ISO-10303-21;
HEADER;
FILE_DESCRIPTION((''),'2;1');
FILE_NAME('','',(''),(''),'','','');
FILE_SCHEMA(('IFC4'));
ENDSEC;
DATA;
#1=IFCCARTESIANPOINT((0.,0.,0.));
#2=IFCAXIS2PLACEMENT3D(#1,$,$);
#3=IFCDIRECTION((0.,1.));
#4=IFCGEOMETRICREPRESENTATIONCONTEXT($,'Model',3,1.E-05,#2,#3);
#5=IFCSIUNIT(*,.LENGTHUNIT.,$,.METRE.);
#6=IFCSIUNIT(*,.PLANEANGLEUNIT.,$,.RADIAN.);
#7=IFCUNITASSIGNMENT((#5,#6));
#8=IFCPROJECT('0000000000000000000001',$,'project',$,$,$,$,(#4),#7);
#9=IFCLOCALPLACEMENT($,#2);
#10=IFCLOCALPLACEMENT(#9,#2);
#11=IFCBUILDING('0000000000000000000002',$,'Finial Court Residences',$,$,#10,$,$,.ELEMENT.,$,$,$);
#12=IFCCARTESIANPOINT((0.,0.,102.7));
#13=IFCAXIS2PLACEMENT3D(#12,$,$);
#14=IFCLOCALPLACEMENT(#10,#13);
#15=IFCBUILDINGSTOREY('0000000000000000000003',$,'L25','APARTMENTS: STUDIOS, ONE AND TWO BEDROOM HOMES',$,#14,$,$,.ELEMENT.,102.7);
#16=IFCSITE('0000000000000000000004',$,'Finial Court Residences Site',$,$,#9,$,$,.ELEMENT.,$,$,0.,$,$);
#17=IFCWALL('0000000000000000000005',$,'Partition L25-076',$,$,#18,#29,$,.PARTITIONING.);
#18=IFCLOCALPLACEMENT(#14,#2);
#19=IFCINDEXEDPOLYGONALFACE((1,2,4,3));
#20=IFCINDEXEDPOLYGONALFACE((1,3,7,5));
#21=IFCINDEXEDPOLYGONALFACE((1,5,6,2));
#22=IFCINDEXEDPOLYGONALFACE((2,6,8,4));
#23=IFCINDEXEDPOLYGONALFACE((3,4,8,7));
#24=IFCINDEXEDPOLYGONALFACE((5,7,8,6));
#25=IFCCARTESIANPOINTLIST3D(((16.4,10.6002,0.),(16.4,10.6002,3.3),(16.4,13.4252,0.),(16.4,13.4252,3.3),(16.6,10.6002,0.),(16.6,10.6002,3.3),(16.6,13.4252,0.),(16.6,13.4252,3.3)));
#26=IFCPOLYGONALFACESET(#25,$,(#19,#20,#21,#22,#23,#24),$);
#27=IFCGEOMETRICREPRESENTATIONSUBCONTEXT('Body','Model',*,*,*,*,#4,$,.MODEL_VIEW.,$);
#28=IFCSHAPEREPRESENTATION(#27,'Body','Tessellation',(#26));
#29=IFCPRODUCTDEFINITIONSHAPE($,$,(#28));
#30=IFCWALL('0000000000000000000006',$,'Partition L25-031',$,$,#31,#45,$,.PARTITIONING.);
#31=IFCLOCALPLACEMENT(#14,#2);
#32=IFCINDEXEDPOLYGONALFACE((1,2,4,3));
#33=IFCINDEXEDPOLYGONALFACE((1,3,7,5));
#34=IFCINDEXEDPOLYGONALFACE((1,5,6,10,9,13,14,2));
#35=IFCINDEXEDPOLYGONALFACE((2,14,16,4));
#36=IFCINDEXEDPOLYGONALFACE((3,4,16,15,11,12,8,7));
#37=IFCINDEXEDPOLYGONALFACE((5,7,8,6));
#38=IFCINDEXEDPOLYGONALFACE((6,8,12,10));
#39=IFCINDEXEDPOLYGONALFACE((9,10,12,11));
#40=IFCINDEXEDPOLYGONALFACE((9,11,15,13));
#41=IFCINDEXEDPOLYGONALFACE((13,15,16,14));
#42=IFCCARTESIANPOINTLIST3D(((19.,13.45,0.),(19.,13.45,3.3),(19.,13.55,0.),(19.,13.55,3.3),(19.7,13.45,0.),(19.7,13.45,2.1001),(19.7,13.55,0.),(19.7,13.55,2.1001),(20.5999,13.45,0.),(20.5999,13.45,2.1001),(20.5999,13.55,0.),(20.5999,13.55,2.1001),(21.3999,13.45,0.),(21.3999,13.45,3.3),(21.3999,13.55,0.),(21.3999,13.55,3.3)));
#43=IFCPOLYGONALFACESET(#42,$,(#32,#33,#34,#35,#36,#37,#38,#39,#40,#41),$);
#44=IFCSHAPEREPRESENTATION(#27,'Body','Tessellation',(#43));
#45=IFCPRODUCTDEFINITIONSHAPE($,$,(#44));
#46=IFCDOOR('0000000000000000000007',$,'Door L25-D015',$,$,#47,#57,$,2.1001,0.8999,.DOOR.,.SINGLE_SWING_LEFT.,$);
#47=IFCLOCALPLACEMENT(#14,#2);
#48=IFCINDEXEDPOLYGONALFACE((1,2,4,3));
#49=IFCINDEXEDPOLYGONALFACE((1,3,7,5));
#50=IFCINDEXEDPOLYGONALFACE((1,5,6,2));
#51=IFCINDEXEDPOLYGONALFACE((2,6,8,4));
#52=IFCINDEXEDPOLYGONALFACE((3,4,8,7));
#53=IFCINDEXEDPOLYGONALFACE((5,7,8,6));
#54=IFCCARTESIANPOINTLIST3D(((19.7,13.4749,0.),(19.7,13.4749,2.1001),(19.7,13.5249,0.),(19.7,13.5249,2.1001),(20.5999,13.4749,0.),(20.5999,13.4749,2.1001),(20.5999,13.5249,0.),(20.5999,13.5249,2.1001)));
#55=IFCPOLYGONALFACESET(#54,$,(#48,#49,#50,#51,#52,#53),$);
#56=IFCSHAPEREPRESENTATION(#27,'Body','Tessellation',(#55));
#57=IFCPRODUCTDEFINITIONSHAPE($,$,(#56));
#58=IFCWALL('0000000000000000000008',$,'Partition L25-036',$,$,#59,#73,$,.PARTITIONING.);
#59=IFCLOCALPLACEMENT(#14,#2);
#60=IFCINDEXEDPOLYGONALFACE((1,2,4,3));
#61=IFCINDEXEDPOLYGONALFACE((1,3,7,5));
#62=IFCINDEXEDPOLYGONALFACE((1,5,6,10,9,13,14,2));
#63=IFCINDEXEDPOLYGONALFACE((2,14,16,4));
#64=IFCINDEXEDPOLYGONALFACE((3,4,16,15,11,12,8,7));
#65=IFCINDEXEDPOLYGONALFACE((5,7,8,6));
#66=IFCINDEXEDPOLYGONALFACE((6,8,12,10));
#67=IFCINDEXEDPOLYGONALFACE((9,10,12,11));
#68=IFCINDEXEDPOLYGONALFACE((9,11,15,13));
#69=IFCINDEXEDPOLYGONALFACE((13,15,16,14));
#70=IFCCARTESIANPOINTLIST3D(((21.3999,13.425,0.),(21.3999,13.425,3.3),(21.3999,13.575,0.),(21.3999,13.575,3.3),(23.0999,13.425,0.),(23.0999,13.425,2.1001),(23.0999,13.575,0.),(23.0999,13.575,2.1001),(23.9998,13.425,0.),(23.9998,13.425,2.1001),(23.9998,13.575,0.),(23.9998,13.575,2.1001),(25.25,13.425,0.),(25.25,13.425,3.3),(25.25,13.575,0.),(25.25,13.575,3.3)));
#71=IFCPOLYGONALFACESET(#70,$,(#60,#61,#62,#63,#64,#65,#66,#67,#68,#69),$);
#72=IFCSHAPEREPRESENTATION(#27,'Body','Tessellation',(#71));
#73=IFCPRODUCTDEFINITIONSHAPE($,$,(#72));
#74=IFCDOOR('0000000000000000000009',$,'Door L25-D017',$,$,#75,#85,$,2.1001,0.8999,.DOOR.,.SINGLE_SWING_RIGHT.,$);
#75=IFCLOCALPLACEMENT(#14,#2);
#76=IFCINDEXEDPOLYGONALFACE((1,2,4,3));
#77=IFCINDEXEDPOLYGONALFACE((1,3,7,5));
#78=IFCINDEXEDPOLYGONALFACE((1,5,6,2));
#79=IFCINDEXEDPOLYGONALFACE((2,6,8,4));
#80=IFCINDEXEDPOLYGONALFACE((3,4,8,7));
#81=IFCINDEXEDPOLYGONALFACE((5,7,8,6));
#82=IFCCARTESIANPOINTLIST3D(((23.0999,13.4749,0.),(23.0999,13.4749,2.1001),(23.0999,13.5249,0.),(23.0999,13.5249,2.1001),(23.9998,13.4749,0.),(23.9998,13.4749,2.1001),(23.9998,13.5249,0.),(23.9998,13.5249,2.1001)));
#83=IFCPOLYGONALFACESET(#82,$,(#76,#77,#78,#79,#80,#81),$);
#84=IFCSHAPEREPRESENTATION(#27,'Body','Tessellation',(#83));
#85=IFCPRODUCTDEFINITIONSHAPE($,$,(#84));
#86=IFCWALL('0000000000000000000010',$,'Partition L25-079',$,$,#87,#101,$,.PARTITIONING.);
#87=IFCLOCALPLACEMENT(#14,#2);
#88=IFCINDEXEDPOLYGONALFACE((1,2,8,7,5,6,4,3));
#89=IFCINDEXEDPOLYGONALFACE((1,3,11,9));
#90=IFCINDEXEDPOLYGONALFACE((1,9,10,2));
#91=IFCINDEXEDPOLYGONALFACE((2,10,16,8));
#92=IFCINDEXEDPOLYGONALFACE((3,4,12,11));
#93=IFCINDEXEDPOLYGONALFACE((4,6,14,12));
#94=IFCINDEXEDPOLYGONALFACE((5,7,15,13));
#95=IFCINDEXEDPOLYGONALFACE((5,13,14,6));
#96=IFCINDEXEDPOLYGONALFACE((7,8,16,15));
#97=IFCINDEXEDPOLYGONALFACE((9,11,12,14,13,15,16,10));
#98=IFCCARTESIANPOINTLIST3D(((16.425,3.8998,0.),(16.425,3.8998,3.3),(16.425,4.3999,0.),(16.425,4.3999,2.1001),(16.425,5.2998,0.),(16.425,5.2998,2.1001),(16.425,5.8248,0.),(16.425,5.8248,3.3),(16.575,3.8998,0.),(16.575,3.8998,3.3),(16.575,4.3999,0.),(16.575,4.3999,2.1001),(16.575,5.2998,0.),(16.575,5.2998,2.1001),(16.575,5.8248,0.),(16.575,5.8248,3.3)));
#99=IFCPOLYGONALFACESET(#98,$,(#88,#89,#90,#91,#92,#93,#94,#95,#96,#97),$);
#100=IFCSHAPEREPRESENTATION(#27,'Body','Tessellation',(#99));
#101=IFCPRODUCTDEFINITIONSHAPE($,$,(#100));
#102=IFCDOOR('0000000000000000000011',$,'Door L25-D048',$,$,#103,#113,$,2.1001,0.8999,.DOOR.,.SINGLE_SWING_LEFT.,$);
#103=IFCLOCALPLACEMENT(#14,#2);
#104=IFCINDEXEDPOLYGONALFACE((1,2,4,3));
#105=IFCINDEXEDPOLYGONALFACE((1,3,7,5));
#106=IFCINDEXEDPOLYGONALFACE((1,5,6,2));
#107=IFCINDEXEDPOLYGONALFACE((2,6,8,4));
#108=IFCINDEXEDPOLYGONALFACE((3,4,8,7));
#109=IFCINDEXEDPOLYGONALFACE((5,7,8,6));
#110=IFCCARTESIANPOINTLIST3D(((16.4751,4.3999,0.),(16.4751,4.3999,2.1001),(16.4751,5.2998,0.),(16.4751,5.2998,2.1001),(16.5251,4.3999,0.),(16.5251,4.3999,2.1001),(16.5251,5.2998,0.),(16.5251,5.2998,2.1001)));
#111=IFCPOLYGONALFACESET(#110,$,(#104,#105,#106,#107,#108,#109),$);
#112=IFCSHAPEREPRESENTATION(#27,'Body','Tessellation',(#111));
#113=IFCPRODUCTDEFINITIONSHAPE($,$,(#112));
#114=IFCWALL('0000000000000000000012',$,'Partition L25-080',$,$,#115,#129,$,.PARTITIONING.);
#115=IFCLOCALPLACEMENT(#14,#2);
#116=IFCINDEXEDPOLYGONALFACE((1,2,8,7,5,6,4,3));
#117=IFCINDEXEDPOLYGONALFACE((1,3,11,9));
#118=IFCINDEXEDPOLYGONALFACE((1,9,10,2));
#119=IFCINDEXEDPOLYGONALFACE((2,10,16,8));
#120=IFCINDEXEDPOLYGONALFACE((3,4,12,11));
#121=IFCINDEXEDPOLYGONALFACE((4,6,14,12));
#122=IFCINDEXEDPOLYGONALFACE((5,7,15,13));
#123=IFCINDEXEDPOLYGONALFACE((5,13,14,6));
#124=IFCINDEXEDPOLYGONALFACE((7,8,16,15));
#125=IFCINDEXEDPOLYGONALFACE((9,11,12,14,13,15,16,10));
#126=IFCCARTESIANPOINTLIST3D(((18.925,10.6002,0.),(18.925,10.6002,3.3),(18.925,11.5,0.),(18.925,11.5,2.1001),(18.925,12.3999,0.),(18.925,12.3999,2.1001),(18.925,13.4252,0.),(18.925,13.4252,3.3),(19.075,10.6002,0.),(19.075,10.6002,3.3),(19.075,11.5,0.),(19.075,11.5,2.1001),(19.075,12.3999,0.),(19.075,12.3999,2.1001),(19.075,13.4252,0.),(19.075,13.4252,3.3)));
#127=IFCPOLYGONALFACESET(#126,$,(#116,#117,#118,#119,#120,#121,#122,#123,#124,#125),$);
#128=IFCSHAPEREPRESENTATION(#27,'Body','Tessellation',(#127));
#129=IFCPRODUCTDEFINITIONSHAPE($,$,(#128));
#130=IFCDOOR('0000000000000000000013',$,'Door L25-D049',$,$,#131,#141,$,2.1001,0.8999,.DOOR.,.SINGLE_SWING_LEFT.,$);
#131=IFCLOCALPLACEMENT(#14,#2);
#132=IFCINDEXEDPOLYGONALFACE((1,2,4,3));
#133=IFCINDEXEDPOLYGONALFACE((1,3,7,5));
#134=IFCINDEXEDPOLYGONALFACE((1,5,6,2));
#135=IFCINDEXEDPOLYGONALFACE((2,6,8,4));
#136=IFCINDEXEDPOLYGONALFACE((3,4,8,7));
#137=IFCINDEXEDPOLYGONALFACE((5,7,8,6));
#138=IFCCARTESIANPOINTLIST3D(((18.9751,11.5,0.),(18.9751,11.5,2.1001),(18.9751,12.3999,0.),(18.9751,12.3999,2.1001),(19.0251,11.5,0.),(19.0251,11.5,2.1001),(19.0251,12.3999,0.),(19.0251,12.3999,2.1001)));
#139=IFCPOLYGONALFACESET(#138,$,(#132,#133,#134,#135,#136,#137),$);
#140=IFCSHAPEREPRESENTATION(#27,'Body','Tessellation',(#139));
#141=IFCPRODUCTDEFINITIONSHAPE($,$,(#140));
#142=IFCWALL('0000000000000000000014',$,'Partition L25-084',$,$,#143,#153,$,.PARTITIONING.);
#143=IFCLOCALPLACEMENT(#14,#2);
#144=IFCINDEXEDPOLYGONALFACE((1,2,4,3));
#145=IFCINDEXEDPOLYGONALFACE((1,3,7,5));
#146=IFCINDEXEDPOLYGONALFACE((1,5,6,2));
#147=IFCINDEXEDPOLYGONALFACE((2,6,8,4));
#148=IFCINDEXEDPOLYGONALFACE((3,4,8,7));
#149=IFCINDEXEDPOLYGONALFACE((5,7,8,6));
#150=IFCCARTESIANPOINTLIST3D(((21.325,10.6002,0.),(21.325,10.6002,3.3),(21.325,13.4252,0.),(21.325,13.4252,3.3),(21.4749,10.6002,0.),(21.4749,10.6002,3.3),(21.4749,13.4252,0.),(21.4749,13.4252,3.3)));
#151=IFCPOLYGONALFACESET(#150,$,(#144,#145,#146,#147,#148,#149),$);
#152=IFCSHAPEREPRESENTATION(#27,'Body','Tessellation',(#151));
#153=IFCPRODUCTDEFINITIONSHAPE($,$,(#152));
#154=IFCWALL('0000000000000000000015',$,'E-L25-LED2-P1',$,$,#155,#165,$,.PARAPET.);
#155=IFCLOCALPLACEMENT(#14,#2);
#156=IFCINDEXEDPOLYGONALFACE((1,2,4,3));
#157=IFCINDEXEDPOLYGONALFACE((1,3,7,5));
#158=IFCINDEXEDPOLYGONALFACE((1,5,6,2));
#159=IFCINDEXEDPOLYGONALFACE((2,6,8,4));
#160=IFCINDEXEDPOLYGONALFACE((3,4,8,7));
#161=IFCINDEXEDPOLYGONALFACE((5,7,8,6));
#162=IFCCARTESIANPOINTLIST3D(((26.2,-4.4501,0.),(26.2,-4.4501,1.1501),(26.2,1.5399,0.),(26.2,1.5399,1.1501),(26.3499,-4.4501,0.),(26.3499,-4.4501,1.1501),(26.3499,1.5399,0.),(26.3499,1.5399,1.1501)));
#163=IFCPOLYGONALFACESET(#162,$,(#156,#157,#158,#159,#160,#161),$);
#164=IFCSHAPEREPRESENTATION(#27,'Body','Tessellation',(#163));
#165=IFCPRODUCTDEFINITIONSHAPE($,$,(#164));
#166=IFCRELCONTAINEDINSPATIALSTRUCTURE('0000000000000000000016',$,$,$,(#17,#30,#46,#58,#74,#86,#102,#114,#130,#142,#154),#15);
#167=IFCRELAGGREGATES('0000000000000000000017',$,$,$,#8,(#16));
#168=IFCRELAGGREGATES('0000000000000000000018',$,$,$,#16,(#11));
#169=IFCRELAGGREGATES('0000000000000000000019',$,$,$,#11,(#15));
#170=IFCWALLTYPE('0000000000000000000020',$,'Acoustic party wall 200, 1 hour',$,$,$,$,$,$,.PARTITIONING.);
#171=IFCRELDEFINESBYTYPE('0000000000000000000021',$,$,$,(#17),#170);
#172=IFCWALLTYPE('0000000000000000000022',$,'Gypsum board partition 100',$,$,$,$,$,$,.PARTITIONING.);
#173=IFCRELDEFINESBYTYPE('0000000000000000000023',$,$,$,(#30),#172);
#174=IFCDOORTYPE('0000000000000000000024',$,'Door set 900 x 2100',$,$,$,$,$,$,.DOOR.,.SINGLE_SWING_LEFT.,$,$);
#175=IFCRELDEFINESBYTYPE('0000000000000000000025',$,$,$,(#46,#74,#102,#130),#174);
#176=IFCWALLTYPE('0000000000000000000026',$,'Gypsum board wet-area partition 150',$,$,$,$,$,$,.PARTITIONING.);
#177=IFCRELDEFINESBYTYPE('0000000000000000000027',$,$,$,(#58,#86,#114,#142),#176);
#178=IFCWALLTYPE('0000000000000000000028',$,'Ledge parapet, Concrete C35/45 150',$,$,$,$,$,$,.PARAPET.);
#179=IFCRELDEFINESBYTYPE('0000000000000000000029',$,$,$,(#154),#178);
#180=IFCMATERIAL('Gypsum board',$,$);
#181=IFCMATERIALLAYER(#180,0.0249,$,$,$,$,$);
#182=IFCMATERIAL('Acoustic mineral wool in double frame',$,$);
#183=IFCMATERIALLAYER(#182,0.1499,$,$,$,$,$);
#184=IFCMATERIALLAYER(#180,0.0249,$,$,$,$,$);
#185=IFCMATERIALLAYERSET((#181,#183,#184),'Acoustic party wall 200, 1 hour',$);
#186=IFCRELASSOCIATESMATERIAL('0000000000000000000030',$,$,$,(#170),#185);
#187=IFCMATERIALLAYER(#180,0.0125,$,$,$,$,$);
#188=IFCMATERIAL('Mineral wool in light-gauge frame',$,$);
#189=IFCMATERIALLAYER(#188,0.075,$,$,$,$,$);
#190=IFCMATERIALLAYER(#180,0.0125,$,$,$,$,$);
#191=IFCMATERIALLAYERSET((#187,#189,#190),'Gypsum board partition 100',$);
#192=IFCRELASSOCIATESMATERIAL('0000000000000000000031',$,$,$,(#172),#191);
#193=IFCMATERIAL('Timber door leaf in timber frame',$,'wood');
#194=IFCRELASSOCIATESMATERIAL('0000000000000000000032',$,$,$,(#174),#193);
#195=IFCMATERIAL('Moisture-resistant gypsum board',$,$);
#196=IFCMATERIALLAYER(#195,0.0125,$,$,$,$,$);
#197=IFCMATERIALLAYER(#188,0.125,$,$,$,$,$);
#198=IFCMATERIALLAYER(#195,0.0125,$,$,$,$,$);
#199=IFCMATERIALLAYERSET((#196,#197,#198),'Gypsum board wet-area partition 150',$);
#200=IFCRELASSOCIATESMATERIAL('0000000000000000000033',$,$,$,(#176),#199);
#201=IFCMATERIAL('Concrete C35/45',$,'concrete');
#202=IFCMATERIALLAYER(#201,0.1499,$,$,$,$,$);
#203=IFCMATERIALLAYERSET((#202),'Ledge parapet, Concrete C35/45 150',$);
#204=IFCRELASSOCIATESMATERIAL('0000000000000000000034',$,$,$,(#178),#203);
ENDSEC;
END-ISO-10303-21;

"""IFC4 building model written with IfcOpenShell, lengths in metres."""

from ifc_helpers import new_model, si_unit, direction, frame, frame_2d, origin, place, context, subcontext, project, spatial, rectangle, extrude, material, layer, layer_set, type_object, element, fill, save


model = new_model("IFC4")

# Units and contexts
model_context = context("Model", 3, precision=1e-05, world=origin(), true_north=direction((0.0, 1.0)))
body_context = subcontext(model_context, "Body", "Model", "MODEL_VIEW")
ifc_project = project(units=[si_unit("LENGTHUNIT", "METRE"), si_unit("PLANEANGLEUNIT", "RADIAN")], contexts=[model_context])

# Site, building, storey
site_placement = place(None, origin())
site = spatial("IfcSite", under=ifc_project, at=site_placement, Name="Finial Court Residences Site", CompositionType="ELEMENT", RefElevation=0.0)
building_placement = place(site_placement, origin())
building = spatial("IfcBuilding", under=site, at=building_placement, Name="Finial Court Residences", CompositionType="ELEMENT")
storey_placement = place(building_placement, frame((0.0, 0.0, 102.7)))
storey = spatial("IfcBuildingStorey", under=building, at=storey_placement, Name="L25", Description="APARTMENTS: STUDIOS, ONE AND TWO BEDROOM HOMES", CompositionType="ELEMENT", Elevation=102.7)

# Wall
ifc_material_1 = material(Name="Gypsum board")
ifc_layer_1 = layer(ifc_material_1, 0.0249)
ifc_material_2 = material(Name="Acoustic mineral wool in double frame")
ifc_layer_2 = layer(ifc_material_2, 0.1499)
ifc_layer_3 = layer(ifc_material_1, 0.0249)
ifc_layer_set_1 = layer_set([ifc_layer_1, ifc_layer_2, ifc_layer_3], Name="Acoustic party wall 200, 1 hour")
wall_type_1 = type_object("IfcWallType", Name="Acoustic party wall 200, 1 hour", PredefinedType="PARTITIONING", material=ifc_layer_set_1)
wall_1_placement = place(storey_placement, frame((16.5, 10.6001, 0.0), z_axis=(0.0, 0.0, 1.0), x_axis=(0.0, 1.0, 0.0)))
element("IfcWall", 1, at=wall_1_placement, inside=storey, type_object=wall_type_1, Name="Partition L25-076", PredefinedType="PARTITIONING", context=body_context, shape_type="SweptSolid", body=[
    extrude(rectangle(XDim=2.825, YDim=0.2, at=frame_2d((1.4126, 0.0))), origin(), (0.0, 0.0, 1.0), 3.3),
])

# Walls, openings, doors
ifc_layer_4 = layer(ifc_material_1, 0.0125)
ifc_material_3 = material(Name="Mineral wool in light-gauge frame")
ifc_layer_5 = layer(ifc_material_3, 0.075)
ifc_layer_6 = layer(ifc_material_1, 0.0125)
ifc_layer_set_2 = layer_set([ifc_layer_4, ifc_layer_5, ifc_layer_6], Name="Gypsum board partition 100")
wall_type_2 = type_object("IfcWallType", Name="Gypsum board partition 100", PredefinedType="PARTITIONING", material=ifc_layer_set_2)
wall_2_placement = place(storey_placement, frame((19.0, 13.5, 0.0), z_axis=(0.0, 0.0, 1.0), x_axis=(1.0, 0.0, 0.0)))
wall_2 = element("IfcWall", 2, at=wall_2_placement, inside=storey, type_object=wall_type_2, Name="Partition L25-031", PredefinedType="PARTITIONING", context=body_context, shape_type="SweptSolid", body=[
    extrude(rectangle(XDim=2.3999, YDim=0.1001, at=frame_2d((1.2, 0.0))), origin(), (0.0, 0.0, 1.0), 3.3),
])
opening_1_placement = place(wall_2_placement, frame((0.7, 0.0, 0.0)))
opening_1 = element("IfcOpeningElement", 3, at=opening_1_placement, cuts=wall_2, PredefinedType="OPENING", context=body_context, shape_type="SweptSolid", body=[
    extrude(rectangle(XDim=0.8999, YDim=2.1001, at=frame_2d((0.45, 1.05))), frame((0.0, 0.0601, 0.0), z_axis=(0.0, -1.0, 0.0), x_axis=(1.0, 0.0, 0.0)), (0.0, 0.0, 1.0), 0.1201),
])
ifc_material_4 = material(Name="Timber door leaf in timber frame", Category="wood")
door_type = type_object("IfcDoorType", Name="Door set 900 x 2100", OperationType="SINGLE_SWING_LEFT", PredefinedType="DOOR", material=ifc_material_4)
door_1_placement = place(opening_1_placement, origin())
door_1 = element("IfcDoor", 4, at=door_1_placement, inside=storey, type_object=door_type, Name="Door L25-D015", OperationType="SINGLE_SWING_LEFT", OverallHeight=2.1001, OverallWidth=0.8999, PredefinedType="DOOR", context=body_context, shape_type="SweptSolid", body=[
    extrude(rectangle(XDim=0.8999, YDim=2.1001, at=frame_2d((0.45, 1.05))), frame((0.0, 0.0249, 0.0), z_axis=(0.0, -1.0, 0.0), x_axis=(1.0, 0.0, 0.0)), (0.0, 0.0, 1.0), 0.05),
])
fill(opening_1, door_1)
ifc_material_5 = material(Name="Moisture-resistant gypsum board")
ifc_layer_7 = layer(ifc_material_5, 0.0125)
ifc_layer_8 = layer(ifc_material_3, 0.125)
ifc_layer_9 = layer(ifc_material_5, 0.0125)
ifc_layer_set_3 = layer_set([ifc_layer_7, ifc_layer_8, ifc_layer_9], Name="Gypsum board wet-area partition 150")
wall_type_3 = type_object("IfcWallType", Name="Gypsum board wet-area partition 150", PredefinedType="PARTITIONING", material=ifc_layer_set_3)
wall_3_placement = place(storey_placement, frame((21.3999, 13.5, 0.0), z_axis=(0.0, 0.0, 1.0), x_axis=(1.0, 0.0, 0.0)))
wall_3 = element("IfcWall", 5, at=wall_3_placement, inside=storey, type_object=wall_type_3, Name="Partition L25-036", PredefinedType="PARTITIONING", context=body_context, shape_type="SweptSolid", body=[
    extrude(rectangle(XDim=3.8501, YDim=0.1499, at=frame_2d((1.925, 0.0))), origin(), (0.0, 0.0, 1.0), 3.3),
])
opening_2_placement = place(wall_3_placement, frame((1.7, 0.0, 0.0)))
opening_2 = element("IfcOpeningElement", 6, at=opening_2_placement, cuts=wall_3, PredefinedType="OPENING", context=body_context, shape_type="SweptSolid", body=[
    extrude(rectangle(XDim=0.8999, YDim=2.1001, at=frame_2d((0.45, 1.05))), frame((0.0, 0.085, 0.0), z_axis=(0.0, -1.0, 0.0), x_axis=(1.0, 0.0, 0.0)), (0.0, 0.0, 1.0), 0.1699),
])
door_2_placement = place(opening_2_placement, origin())
door_2 = element("IfcDoor", 7, at=door_2_placement, inside=storey, type_object=door_type, Name="Door L25-D017", OperationType="SINGLE_SWING_RIGHT", OverallHeight=2.1001, OverallWidth=0.8999, PredefinedType="DOOR", context=body_context, shape_type="SweptSolid", body=[
    extrude(rectangle(XDim=0.8999, YDim=2.1001, at=frame_2d((0.45, 1.05))), frame((0.0, 0.0249, 0.0), z_axis=(0.0, -1.0, 0.0), x_axis=(1.0, 0.0, 0.0)), (0.0, 0.0, 1.0), 0.05),
])
fill(opening_2, door_2)
wall_4_placement = place(storey_placement, frame((16.5, 3.8999, 0.0), z_axis=(0.0, 0.0, 1.0), x_axis=(0.0, 1.0, 0.0)))
wall_4 = element("IfcWall", 8, at=wall_4_placement, inside=storey, type_object=wall_type_3, Name="Partition L25-079", PredefinedType="PARTITIONING", context=body_context, shape_type="SweptSolid", body=[
    extrude(rectangle(XDim=1.925, YDim=0.1499, at=frame_2d((0.9624, 0.0))), origin(), (0.0, 0.0, 1.0), 3.3),
])
opening_3_placement = place(wall_4_placement, frame((0.5, 0.0, 0.0)))
opening_3 = element("IfcOpeningElement", 9, at=opening_3_placement, cuts=wall_4, PredefinedType="OPENING", context=body_context, shape_type="SweptSolid", body=[
    extrude(rectangle(XDim=0.8999, YDim=2.1001, at=frame_2d((0.45, 1.05))), frame((0.0, 0.085, 0.0), z_axis=(0.0, -1.0, 0.0), x_axis=(1.0, 0.0, 0.0)), (0.0, 0.0, 1.0), 0.1699),
])
door_3_placement = place(opening_3_placement, origin())
door_3 = element("IfcDoor", 10, at=door_3_placement, inside=storey, type_object=door_type, Name="Door L25-D048", OperationType="SINGLE_SWING_LEFT", OverallHeight=2.1001, OverallWidth=0.8999, PredefinedType="DOOR", context=body_context, shape_type="SweptSolid", body=[
    extrude(rectangle(XDim=0.8999, YDim=2.1001, at=frame_2d((0.45, 1.05))), frame((0.0, 0.0249, 0.0), z_axis=(0.0, -1.0, 0.0), x_axis=(1.0, 0.0, 0.0)), (0.0, 0.0, 1.0), 0.05),
])
fill(opening_3, door_3)
wall_5_placement = place(storey_placement, frame((19.0, 10.6001, 0.0), z_axis=(0.0, 0.0, 1.0), x_axis=(0.0, 1.0, 0.0)))
wall_5 = element("IfcWall", 11, at=wall_5_placement, inside=storey, type_object=wall_type_3, Name="Partition L25-080", PredefinedType="PARTITIONING", context=body_context, shape_type="SweptSolid", body=[
    extrude(rectangle(XDim=2.825, YDim=0.1499, at=frame_2d((1.4126, 0.0))), origin(), (0.0, 0.0, 1.0), 3.3),
])
opening_4_placement = place(wall_5_placement, frame((0.8999, 0.0, 0.0)))
opening_4 = element("IfcOpeningElement", 12, at=opening_4_placement, cuts=wall_5, PredefinedType="OPENING", context=body_context, shape_type="SweptSolid", body=[
    extrude(rectangle(XDim=0.8999, YDim=2.1001, at=frame_2d((0.45, 1.05))), frame((0.0, 0.085, 0.0), z_axis=(0.0, -1.0, 0.0), x_axis=(1.0, 0.0, 0.0)), (0.0, 0.0, 1.0), 0.1699),
])
door_4_placement = place(opening_4_placement, origin())
door_4 = element("IfcDoor", 13, at=door_4_placement, inside=storey, type_object=door_type, Name="Door L25-D049", OperationType="SINGLE_SWING_LEFT", OverallHeight=2.1001, OverallWidth=0.8999, PredefinedType="DOOR", context=body_context, shape_type="SweptSolid", body=[
    extrude(rectangle(XDim=0.8999, YDim=2.1001, at=frame_2d((0.45, 1.05))), frame((0.0, 0.0249, 0.0), z_axis=(0.0, -1.0, 0.0), x_axis=(1.0, 0.0, 0.0)), (0.0, 0.0, 1.0), 0.05),
])
fill(opening_4, door_4)

# Walls
wall_6_placement = place(storey_placement, frame((21.3999, 10.6001, 0.0), z_axis=(0.0, 0.0, 1.0), x_axis=(0.0, 1.0, 0.0)))
element("IfcWall", 14, at=wall_6_placement, inside=storey, type_object=wall_type_3, Name="Partition L25-084", PredefinedType="PARTITIONING", context=body_context, shape_type="SweptSolid", body=[
    extrude(rectangle(XDim=2.825, YDim=0.1499, at=frame_2d((1.4126, 0.0))), origin(), (0.0, 0.0, 1.0), 3.3),
])
ifc_material_6 = material(Name="Concrete C35/45", Category="concrete")
ifc_layer_10 = layer(ifc_material_6, 0.1499)
ifc_layer_set_4 = layer_set([ifc_layer_10], Name="Ledge parapet, Concrete C35/45 150")
wall_type_4 = type_object("IfcWallType", Name="Ledge parapet, Concrete C35/45 150", PredefinedType="PARAPET", material=ifc_layer_set_4)
wall_7_placement = place(storey_placement, frame((26.2749, 1.54, 0.0), z_axis=(0.0, 0.0, 1.0), x_axis=(0.0, -1.0, 0.0)))
element("IfcWall", 15, at=wall_7_placement, inside=storey, type_object=wall_type_4, Name="E-L25-LED2-P1", PredefinedType="PARAPET", context=body_context, shape_type="SweptSolid", body=[
    extrude(rectangle(XDim=5.99, YDim=0.1499, at=frame_2d((2.9951, 0.0))), origin(), (0.0, 0.0, 1.0), 1.1501),
])

save(model, "model.ifc")
